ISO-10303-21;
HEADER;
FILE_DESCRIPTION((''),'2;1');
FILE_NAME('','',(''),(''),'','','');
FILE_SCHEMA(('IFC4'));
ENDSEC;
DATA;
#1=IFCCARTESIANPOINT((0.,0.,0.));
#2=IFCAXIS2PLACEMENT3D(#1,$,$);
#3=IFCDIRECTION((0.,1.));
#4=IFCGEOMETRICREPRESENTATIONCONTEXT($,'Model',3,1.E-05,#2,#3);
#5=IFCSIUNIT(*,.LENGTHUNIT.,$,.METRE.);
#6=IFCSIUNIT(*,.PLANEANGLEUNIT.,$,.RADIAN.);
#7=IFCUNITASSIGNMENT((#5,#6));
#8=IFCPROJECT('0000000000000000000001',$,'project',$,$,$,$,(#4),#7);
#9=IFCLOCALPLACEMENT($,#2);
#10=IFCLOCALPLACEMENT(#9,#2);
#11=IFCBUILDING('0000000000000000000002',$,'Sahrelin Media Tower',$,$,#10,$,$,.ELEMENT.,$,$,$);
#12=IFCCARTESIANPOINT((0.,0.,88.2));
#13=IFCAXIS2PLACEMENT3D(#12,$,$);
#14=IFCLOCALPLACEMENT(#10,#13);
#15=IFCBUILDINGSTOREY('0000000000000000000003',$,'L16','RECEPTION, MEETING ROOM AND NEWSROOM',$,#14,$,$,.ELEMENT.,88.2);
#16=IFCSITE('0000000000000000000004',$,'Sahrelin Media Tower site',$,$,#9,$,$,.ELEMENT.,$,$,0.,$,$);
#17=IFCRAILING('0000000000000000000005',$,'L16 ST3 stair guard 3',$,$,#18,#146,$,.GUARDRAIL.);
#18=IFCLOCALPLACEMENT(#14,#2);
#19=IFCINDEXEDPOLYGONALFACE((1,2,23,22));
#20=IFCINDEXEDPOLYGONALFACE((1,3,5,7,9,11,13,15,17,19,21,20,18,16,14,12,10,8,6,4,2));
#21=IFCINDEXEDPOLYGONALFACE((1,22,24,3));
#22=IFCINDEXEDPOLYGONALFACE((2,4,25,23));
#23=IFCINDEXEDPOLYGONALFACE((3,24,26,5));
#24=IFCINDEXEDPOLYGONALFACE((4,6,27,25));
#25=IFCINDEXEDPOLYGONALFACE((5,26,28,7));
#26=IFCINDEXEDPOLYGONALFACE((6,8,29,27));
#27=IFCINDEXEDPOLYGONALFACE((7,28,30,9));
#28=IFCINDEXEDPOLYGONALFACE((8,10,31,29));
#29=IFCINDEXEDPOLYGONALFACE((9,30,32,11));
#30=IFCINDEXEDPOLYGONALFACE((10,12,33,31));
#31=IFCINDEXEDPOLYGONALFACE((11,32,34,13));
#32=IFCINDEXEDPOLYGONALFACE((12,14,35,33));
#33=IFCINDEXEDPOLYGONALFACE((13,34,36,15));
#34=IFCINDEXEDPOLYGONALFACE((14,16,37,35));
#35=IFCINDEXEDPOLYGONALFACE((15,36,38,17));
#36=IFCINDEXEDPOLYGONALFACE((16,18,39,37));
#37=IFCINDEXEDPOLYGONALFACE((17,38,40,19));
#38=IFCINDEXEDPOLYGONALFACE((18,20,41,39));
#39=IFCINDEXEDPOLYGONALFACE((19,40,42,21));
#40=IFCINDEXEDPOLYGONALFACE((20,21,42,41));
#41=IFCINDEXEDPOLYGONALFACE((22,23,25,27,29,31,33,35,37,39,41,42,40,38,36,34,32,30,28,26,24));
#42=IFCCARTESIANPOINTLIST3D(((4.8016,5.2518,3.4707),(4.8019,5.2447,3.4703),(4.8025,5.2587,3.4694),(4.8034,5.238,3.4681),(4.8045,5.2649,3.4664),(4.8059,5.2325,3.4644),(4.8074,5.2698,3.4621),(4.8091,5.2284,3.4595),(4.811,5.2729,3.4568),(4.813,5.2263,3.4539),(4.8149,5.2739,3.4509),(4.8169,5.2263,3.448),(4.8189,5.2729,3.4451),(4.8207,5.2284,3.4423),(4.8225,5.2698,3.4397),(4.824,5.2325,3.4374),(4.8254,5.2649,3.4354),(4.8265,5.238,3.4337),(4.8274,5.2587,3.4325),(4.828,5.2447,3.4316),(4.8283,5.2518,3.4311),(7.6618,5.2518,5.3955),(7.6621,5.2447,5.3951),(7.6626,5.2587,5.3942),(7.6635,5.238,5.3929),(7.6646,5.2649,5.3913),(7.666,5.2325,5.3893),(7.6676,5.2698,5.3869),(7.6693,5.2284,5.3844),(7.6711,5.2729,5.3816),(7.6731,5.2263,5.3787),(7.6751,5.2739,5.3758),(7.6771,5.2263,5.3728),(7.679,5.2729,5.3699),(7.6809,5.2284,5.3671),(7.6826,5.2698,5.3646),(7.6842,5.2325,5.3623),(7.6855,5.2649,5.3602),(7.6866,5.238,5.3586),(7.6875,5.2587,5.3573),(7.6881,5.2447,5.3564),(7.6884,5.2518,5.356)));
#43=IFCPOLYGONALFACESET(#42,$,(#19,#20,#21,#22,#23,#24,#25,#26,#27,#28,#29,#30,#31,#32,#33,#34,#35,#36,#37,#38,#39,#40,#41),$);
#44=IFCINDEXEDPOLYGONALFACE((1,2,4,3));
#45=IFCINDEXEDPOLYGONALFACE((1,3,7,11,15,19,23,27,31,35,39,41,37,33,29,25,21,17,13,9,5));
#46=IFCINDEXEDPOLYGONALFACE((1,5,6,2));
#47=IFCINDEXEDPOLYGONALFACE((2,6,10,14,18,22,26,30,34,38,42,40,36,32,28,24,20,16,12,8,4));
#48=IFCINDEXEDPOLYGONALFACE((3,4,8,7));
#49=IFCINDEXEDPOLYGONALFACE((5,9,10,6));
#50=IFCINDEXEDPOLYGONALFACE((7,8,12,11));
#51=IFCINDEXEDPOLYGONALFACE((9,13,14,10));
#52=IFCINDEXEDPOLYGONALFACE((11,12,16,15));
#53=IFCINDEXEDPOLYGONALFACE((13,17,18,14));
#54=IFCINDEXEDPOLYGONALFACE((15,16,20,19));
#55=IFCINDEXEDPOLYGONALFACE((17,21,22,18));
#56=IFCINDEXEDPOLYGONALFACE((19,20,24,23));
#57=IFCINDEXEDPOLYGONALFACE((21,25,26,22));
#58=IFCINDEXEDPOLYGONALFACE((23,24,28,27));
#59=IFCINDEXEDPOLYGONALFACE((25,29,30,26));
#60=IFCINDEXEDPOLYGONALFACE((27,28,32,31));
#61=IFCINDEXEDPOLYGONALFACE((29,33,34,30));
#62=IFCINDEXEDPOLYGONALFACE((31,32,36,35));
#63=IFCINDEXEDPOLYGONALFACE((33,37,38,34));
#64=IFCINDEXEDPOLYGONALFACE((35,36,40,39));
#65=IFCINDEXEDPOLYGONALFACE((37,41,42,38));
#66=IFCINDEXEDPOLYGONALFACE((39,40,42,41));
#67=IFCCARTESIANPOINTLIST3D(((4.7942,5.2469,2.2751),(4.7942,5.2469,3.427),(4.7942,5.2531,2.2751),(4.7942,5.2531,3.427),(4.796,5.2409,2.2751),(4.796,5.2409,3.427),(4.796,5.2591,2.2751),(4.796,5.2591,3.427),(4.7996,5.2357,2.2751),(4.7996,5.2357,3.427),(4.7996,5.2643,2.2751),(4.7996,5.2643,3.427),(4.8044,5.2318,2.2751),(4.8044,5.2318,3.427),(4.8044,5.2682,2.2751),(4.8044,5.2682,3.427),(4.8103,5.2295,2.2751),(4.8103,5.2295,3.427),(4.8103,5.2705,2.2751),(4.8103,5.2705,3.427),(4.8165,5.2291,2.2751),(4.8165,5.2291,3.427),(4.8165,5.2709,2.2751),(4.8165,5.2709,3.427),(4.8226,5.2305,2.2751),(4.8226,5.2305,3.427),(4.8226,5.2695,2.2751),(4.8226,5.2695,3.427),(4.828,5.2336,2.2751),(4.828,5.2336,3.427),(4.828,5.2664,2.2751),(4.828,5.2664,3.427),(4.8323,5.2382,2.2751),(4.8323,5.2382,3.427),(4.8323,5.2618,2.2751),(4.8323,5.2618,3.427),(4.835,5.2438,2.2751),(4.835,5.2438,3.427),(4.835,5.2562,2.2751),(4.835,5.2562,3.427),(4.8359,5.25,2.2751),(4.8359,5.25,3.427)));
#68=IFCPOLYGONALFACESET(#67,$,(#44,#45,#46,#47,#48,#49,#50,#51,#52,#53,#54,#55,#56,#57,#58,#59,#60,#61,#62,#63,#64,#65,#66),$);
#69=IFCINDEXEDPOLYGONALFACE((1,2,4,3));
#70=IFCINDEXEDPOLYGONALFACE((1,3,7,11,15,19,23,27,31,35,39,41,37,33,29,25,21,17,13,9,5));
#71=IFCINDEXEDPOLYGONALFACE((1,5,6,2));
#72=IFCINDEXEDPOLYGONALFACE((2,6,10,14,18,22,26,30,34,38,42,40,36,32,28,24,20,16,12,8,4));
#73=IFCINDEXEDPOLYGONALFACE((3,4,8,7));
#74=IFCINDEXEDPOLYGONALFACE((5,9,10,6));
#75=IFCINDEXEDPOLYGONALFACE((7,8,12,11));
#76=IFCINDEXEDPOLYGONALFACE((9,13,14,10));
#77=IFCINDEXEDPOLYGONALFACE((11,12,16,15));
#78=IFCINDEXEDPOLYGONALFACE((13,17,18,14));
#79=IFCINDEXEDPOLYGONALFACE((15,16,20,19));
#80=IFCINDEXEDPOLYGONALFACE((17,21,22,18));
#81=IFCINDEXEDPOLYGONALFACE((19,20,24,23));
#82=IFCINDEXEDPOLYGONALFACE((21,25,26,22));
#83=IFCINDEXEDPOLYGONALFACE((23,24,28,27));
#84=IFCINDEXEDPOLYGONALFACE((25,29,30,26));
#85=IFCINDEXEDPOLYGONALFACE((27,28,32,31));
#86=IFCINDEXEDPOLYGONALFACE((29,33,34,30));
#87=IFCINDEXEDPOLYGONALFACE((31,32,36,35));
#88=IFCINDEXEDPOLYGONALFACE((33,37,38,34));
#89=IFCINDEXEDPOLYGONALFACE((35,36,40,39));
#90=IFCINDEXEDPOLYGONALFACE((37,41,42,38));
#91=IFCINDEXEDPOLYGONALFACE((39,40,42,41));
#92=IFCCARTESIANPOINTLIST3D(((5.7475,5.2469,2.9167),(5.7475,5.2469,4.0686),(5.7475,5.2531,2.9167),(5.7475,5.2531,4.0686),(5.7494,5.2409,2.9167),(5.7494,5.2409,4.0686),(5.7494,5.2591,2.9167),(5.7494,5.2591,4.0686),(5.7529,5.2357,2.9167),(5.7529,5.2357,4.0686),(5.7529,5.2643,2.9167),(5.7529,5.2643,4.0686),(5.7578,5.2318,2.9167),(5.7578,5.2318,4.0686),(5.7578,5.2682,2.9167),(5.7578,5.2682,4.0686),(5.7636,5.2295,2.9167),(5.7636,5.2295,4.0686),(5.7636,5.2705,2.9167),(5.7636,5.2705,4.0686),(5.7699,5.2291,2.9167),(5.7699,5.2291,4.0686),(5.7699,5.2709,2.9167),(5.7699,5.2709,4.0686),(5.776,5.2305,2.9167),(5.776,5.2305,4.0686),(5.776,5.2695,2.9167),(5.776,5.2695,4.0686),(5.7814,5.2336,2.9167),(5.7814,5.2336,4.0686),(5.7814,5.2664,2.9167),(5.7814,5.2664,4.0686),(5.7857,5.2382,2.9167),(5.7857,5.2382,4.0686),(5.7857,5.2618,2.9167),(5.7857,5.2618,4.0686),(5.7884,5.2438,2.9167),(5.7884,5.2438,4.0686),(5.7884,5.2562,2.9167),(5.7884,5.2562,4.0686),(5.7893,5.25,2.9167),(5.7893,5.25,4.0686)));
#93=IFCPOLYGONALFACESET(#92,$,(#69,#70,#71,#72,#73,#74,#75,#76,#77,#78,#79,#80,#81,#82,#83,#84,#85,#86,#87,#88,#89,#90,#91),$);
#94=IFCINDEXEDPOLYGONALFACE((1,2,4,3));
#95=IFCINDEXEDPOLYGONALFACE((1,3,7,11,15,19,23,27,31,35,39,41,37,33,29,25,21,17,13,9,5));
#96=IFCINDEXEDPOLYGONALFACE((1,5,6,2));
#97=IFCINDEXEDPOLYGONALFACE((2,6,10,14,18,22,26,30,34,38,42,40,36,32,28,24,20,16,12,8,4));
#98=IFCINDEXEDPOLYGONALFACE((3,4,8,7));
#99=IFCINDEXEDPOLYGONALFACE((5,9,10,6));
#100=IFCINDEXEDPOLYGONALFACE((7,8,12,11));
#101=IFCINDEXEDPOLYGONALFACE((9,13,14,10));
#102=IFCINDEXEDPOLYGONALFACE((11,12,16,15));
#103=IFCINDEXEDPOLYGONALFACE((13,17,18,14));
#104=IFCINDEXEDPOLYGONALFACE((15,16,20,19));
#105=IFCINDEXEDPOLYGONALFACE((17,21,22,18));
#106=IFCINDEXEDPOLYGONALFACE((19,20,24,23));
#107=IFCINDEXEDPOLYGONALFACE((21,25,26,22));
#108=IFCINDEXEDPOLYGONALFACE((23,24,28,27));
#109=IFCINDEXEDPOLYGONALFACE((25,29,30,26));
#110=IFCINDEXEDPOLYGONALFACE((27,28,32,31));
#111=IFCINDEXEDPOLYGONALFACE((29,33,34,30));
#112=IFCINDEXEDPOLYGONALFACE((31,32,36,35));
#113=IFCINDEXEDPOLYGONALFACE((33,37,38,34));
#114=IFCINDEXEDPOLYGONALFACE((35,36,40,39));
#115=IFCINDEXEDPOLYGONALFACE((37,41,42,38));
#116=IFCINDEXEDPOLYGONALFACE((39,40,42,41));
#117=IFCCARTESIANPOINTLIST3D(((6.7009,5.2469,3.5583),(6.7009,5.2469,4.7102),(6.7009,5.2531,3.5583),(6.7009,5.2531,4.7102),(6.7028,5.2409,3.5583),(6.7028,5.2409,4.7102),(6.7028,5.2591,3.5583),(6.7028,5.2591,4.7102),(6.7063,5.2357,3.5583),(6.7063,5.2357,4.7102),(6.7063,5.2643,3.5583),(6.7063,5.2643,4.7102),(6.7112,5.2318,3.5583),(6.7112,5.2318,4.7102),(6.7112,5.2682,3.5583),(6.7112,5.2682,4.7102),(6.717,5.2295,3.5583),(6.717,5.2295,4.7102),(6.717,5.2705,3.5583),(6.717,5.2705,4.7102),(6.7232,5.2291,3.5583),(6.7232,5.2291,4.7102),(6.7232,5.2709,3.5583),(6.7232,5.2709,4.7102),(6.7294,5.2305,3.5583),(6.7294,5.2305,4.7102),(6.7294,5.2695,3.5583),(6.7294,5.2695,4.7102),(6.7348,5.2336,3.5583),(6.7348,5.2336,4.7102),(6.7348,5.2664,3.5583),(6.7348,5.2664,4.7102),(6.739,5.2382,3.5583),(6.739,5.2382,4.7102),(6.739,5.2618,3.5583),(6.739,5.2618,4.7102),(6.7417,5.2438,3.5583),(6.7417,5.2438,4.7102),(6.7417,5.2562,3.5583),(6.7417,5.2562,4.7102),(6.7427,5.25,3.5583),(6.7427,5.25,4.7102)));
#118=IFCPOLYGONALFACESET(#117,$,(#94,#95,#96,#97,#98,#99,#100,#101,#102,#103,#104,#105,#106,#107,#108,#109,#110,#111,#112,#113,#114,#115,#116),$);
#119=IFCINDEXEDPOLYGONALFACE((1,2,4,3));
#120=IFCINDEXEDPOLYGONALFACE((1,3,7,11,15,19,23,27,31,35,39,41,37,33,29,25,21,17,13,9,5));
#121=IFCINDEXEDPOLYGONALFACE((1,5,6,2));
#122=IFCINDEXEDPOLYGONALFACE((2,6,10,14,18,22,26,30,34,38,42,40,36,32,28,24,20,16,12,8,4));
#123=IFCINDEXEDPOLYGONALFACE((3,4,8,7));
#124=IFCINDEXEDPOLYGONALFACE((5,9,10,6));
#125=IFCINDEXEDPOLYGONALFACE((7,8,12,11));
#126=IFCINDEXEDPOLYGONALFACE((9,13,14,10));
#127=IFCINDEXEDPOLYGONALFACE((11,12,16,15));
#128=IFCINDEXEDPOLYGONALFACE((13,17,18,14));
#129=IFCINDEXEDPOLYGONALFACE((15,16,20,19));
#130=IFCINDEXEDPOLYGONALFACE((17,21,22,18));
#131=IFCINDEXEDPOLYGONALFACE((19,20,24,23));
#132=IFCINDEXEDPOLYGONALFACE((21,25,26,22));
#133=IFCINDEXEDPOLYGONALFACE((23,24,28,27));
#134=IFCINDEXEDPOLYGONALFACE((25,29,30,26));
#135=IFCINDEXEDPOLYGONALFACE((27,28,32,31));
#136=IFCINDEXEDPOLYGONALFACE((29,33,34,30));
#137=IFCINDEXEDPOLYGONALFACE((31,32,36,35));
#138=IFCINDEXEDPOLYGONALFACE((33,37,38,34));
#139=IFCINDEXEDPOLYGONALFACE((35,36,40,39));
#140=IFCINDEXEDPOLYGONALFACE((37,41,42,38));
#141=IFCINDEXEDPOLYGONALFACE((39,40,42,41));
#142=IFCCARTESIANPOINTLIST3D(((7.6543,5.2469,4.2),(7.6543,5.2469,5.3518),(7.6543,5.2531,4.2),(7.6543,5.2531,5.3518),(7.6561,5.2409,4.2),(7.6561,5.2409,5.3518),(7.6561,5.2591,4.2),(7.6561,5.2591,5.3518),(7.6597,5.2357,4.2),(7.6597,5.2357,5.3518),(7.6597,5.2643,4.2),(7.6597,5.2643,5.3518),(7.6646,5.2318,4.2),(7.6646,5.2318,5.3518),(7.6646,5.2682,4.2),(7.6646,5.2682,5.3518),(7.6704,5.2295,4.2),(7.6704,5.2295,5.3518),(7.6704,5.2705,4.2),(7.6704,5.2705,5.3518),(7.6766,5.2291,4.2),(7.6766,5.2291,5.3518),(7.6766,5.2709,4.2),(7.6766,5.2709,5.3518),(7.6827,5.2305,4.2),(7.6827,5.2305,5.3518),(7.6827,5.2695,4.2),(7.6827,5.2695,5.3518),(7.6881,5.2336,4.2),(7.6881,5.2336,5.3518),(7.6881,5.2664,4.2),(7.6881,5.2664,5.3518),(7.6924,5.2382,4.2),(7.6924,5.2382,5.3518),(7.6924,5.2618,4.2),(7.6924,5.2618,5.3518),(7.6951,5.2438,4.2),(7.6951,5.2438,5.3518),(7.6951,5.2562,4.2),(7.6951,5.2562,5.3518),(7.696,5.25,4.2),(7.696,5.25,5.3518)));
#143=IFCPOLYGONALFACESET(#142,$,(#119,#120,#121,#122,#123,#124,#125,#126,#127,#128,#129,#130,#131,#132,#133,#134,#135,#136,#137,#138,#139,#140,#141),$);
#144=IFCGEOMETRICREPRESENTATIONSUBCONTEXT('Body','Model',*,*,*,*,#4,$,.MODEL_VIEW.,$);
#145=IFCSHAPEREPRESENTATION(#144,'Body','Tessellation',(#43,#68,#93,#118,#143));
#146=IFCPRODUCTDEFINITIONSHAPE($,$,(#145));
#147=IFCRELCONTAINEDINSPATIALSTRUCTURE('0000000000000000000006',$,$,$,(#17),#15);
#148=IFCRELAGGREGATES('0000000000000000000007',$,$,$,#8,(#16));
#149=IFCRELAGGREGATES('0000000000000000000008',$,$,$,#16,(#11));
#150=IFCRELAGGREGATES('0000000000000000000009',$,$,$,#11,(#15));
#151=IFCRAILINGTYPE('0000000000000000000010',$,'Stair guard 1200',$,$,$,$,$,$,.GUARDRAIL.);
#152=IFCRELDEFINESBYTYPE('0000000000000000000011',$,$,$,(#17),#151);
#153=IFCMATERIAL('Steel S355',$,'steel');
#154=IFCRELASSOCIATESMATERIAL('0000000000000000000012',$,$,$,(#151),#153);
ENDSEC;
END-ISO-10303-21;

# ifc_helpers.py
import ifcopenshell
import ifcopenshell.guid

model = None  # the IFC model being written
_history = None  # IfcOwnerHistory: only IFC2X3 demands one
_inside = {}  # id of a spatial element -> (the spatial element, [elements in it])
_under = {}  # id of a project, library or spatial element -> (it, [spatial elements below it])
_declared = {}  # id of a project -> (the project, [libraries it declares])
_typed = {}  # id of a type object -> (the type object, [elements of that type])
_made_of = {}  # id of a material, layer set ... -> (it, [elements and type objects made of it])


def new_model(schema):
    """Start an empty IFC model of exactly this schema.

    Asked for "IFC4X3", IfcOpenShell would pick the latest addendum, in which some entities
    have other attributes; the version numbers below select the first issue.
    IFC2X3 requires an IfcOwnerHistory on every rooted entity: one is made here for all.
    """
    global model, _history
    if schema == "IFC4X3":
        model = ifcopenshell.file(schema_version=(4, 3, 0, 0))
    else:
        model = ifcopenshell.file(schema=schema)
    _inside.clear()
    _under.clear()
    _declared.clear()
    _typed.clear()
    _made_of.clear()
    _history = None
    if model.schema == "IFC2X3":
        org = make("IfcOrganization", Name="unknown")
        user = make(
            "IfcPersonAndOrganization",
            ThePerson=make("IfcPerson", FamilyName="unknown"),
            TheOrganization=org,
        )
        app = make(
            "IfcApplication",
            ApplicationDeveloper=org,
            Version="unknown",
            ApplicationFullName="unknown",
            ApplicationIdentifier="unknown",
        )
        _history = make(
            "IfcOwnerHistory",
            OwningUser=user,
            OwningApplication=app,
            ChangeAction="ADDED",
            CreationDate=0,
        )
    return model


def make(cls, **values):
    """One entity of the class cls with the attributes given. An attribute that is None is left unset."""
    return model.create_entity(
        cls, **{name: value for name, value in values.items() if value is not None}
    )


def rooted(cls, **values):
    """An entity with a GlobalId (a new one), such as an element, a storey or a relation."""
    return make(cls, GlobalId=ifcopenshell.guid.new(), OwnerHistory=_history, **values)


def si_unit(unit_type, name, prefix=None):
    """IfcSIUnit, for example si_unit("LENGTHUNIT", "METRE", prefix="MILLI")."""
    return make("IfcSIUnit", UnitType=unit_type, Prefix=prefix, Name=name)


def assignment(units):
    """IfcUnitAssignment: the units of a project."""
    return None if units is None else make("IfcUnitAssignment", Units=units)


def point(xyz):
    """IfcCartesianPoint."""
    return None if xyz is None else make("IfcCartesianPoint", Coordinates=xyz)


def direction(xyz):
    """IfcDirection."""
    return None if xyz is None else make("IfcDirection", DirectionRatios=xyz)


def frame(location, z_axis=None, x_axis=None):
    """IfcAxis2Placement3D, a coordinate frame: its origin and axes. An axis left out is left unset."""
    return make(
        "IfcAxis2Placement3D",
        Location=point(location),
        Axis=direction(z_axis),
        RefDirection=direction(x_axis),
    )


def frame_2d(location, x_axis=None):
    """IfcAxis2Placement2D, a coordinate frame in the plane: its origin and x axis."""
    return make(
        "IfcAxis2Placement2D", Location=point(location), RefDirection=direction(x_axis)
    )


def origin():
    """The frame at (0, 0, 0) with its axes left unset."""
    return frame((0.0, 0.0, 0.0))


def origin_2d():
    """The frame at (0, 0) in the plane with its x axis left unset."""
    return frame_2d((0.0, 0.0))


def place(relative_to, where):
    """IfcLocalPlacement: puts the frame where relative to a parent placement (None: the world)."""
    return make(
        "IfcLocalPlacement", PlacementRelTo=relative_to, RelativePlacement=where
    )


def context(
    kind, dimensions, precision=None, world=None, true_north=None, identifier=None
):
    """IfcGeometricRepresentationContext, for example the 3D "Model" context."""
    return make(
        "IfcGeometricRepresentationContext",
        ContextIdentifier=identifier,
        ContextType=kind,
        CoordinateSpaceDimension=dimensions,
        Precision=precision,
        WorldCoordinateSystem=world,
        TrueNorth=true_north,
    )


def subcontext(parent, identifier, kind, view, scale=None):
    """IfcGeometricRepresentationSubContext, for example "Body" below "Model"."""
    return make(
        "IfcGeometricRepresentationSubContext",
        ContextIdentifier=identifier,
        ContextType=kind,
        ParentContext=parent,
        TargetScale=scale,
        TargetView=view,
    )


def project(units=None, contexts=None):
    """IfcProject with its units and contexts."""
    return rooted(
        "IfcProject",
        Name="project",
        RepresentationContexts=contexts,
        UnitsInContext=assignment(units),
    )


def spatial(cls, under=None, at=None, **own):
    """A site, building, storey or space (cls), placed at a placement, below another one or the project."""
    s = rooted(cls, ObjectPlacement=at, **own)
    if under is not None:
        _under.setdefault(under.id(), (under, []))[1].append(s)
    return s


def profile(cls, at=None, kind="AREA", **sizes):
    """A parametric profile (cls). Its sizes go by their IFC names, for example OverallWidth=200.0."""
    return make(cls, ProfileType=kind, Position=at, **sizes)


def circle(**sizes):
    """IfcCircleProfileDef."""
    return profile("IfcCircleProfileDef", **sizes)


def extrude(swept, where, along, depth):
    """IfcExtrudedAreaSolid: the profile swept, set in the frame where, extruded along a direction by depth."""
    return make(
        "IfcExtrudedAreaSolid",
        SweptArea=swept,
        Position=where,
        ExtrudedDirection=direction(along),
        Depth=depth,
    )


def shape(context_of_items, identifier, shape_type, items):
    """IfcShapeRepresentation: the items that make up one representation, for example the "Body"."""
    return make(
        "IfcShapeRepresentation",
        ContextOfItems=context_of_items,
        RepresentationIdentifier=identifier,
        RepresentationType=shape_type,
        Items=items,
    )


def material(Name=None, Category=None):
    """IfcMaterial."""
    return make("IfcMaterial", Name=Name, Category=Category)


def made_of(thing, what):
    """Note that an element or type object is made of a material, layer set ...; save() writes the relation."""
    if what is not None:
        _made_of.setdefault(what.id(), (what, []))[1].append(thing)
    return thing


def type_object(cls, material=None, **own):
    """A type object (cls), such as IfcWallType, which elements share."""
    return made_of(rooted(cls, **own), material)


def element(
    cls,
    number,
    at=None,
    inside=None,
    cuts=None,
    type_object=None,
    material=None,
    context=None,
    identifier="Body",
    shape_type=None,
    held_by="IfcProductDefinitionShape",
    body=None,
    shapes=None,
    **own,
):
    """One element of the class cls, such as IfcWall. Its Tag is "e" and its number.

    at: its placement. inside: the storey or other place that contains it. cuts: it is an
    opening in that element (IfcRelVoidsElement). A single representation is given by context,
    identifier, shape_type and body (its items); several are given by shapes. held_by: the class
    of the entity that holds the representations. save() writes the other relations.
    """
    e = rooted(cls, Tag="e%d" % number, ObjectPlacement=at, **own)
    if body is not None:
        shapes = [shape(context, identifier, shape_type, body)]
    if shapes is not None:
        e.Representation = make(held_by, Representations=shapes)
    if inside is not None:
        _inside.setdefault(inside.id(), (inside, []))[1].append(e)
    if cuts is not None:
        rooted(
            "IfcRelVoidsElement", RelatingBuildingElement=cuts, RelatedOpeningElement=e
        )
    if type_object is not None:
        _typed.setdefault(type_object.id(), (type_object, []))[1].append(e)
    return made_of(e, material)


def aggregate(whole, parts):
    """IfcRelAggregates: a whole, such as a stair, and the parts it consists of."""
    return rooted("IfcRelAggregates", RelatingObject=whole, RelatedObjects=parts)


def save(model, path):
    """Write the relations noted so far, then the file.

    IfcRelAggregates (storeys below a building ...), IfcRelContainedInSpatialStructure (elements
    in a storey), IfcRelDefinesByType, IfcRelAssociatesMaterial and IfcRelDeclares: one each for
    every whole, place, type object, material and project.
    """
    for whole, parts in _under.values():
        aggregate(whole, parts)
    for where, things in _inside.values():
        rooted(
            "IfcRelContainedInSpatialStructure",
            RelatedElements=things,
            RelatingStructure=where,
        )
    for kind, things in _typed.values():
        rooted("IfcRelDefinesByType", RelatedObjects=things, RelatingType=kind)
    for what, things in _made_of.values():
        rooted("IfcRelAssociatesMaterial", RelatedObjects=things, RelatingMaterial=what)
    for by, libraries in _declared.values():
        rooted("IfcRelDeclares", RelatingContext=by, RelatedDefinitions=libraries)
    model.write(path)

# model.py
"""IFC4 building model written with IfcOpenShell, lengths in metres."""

from ifc_helpers import new_model, si_unit, direction, frame, origin, origin_2d, place, context, subcontext, project, spatial, circle, extrude, material, type_object, element, save


model = new_model("IFC4")

# Units and contexts
model_context = context("Model", 3, precision=1e-05, world=origin(), true_north=direction((0.0, 1.0)))
body_context = subcontext(model_context, "Body", "Model", "MODEL_VIEW")
ifc_project = project(units=[si_unit("LENGTHUNIT", "METRE"), si_unit("PLANEANGLEUNIT", "RADIAN")], contexts=[model_context])

# Site, building, storey
site_placement = place(None, origin())
site = spatial("IfcSite", under=ifc_project, at=site_placement, Name="Sahrelin Media Tower site", CompositionType="ELEMENT", RefElevation=0.0)
building_placement = place(site_placement, origin())
building = spatial("IfcBuilding", under=site, at=building_placement, Name="Sahrelin Media Tower", CompositionType="ELEMENT")
storey_placement = place(building_placement, frame((0.0, 0.0, 88.2)))
storey = spatial("IfcBuildingStorey", under=building, at=storey_placement, Name="L16", Description="RECEPTION, MEETING ROOM AND NEWSROOM", CompositionType="ELEMENT", Elevation=88.2)

# Shared definitions
ifc_material_1 = material(Name="Steel S355", Category="steel")

# Railing
railing_type_1 = type_object("IfcRailingType", Name="Stair guard 1200", PredefinedType="GUARDRAIL", material=ifc_material_1)
railing_1_placement = place(storey_placement, frame((4.8149, 5.25, 2.2751)))
element("IfcRailing", 1, at=railing_1_placement, inside=storey, type_object=railing_type_1, Name="L16 ST3 stair guard 3", PredefinedType="GUARDRAIL", context=body_context, shape_type="SweptSolid", body=[
    extrude(circle(Radius=0.0239, at=origin_2d()), frame((0.0, 0.0, 1.1758), z_axis=(0.829624, 0.0, 0.558323), x_axis=(0.0, 1.0, 0.0)), (0.0, 0.0, 1.0), 3.4475),
    extrude(circle(Radius=0.021, at=origin_2d()), origin(), (0.0, 0.0, 1.0), 1.1519),
    extrude(circle(Radius=0.021, at=origin_2d()), frame((0.9534, 0.0, 0.6416)), (0.0, 0.0, 1.0), 1.1519),
    extrude(circle(Radius=0.021, at=origin_2d()), frame((1.9067, 0.0, 1.2832)), (0.0, 0.0, 1.0), 1.1519),
    extrude(circle(Radius=0.021, at=origin_2d()), frame((2.8601, 0.0, 1.9248)), (0.0, 0.0, 1.0), 1.1519),
])

save(model, "model.ifc")
